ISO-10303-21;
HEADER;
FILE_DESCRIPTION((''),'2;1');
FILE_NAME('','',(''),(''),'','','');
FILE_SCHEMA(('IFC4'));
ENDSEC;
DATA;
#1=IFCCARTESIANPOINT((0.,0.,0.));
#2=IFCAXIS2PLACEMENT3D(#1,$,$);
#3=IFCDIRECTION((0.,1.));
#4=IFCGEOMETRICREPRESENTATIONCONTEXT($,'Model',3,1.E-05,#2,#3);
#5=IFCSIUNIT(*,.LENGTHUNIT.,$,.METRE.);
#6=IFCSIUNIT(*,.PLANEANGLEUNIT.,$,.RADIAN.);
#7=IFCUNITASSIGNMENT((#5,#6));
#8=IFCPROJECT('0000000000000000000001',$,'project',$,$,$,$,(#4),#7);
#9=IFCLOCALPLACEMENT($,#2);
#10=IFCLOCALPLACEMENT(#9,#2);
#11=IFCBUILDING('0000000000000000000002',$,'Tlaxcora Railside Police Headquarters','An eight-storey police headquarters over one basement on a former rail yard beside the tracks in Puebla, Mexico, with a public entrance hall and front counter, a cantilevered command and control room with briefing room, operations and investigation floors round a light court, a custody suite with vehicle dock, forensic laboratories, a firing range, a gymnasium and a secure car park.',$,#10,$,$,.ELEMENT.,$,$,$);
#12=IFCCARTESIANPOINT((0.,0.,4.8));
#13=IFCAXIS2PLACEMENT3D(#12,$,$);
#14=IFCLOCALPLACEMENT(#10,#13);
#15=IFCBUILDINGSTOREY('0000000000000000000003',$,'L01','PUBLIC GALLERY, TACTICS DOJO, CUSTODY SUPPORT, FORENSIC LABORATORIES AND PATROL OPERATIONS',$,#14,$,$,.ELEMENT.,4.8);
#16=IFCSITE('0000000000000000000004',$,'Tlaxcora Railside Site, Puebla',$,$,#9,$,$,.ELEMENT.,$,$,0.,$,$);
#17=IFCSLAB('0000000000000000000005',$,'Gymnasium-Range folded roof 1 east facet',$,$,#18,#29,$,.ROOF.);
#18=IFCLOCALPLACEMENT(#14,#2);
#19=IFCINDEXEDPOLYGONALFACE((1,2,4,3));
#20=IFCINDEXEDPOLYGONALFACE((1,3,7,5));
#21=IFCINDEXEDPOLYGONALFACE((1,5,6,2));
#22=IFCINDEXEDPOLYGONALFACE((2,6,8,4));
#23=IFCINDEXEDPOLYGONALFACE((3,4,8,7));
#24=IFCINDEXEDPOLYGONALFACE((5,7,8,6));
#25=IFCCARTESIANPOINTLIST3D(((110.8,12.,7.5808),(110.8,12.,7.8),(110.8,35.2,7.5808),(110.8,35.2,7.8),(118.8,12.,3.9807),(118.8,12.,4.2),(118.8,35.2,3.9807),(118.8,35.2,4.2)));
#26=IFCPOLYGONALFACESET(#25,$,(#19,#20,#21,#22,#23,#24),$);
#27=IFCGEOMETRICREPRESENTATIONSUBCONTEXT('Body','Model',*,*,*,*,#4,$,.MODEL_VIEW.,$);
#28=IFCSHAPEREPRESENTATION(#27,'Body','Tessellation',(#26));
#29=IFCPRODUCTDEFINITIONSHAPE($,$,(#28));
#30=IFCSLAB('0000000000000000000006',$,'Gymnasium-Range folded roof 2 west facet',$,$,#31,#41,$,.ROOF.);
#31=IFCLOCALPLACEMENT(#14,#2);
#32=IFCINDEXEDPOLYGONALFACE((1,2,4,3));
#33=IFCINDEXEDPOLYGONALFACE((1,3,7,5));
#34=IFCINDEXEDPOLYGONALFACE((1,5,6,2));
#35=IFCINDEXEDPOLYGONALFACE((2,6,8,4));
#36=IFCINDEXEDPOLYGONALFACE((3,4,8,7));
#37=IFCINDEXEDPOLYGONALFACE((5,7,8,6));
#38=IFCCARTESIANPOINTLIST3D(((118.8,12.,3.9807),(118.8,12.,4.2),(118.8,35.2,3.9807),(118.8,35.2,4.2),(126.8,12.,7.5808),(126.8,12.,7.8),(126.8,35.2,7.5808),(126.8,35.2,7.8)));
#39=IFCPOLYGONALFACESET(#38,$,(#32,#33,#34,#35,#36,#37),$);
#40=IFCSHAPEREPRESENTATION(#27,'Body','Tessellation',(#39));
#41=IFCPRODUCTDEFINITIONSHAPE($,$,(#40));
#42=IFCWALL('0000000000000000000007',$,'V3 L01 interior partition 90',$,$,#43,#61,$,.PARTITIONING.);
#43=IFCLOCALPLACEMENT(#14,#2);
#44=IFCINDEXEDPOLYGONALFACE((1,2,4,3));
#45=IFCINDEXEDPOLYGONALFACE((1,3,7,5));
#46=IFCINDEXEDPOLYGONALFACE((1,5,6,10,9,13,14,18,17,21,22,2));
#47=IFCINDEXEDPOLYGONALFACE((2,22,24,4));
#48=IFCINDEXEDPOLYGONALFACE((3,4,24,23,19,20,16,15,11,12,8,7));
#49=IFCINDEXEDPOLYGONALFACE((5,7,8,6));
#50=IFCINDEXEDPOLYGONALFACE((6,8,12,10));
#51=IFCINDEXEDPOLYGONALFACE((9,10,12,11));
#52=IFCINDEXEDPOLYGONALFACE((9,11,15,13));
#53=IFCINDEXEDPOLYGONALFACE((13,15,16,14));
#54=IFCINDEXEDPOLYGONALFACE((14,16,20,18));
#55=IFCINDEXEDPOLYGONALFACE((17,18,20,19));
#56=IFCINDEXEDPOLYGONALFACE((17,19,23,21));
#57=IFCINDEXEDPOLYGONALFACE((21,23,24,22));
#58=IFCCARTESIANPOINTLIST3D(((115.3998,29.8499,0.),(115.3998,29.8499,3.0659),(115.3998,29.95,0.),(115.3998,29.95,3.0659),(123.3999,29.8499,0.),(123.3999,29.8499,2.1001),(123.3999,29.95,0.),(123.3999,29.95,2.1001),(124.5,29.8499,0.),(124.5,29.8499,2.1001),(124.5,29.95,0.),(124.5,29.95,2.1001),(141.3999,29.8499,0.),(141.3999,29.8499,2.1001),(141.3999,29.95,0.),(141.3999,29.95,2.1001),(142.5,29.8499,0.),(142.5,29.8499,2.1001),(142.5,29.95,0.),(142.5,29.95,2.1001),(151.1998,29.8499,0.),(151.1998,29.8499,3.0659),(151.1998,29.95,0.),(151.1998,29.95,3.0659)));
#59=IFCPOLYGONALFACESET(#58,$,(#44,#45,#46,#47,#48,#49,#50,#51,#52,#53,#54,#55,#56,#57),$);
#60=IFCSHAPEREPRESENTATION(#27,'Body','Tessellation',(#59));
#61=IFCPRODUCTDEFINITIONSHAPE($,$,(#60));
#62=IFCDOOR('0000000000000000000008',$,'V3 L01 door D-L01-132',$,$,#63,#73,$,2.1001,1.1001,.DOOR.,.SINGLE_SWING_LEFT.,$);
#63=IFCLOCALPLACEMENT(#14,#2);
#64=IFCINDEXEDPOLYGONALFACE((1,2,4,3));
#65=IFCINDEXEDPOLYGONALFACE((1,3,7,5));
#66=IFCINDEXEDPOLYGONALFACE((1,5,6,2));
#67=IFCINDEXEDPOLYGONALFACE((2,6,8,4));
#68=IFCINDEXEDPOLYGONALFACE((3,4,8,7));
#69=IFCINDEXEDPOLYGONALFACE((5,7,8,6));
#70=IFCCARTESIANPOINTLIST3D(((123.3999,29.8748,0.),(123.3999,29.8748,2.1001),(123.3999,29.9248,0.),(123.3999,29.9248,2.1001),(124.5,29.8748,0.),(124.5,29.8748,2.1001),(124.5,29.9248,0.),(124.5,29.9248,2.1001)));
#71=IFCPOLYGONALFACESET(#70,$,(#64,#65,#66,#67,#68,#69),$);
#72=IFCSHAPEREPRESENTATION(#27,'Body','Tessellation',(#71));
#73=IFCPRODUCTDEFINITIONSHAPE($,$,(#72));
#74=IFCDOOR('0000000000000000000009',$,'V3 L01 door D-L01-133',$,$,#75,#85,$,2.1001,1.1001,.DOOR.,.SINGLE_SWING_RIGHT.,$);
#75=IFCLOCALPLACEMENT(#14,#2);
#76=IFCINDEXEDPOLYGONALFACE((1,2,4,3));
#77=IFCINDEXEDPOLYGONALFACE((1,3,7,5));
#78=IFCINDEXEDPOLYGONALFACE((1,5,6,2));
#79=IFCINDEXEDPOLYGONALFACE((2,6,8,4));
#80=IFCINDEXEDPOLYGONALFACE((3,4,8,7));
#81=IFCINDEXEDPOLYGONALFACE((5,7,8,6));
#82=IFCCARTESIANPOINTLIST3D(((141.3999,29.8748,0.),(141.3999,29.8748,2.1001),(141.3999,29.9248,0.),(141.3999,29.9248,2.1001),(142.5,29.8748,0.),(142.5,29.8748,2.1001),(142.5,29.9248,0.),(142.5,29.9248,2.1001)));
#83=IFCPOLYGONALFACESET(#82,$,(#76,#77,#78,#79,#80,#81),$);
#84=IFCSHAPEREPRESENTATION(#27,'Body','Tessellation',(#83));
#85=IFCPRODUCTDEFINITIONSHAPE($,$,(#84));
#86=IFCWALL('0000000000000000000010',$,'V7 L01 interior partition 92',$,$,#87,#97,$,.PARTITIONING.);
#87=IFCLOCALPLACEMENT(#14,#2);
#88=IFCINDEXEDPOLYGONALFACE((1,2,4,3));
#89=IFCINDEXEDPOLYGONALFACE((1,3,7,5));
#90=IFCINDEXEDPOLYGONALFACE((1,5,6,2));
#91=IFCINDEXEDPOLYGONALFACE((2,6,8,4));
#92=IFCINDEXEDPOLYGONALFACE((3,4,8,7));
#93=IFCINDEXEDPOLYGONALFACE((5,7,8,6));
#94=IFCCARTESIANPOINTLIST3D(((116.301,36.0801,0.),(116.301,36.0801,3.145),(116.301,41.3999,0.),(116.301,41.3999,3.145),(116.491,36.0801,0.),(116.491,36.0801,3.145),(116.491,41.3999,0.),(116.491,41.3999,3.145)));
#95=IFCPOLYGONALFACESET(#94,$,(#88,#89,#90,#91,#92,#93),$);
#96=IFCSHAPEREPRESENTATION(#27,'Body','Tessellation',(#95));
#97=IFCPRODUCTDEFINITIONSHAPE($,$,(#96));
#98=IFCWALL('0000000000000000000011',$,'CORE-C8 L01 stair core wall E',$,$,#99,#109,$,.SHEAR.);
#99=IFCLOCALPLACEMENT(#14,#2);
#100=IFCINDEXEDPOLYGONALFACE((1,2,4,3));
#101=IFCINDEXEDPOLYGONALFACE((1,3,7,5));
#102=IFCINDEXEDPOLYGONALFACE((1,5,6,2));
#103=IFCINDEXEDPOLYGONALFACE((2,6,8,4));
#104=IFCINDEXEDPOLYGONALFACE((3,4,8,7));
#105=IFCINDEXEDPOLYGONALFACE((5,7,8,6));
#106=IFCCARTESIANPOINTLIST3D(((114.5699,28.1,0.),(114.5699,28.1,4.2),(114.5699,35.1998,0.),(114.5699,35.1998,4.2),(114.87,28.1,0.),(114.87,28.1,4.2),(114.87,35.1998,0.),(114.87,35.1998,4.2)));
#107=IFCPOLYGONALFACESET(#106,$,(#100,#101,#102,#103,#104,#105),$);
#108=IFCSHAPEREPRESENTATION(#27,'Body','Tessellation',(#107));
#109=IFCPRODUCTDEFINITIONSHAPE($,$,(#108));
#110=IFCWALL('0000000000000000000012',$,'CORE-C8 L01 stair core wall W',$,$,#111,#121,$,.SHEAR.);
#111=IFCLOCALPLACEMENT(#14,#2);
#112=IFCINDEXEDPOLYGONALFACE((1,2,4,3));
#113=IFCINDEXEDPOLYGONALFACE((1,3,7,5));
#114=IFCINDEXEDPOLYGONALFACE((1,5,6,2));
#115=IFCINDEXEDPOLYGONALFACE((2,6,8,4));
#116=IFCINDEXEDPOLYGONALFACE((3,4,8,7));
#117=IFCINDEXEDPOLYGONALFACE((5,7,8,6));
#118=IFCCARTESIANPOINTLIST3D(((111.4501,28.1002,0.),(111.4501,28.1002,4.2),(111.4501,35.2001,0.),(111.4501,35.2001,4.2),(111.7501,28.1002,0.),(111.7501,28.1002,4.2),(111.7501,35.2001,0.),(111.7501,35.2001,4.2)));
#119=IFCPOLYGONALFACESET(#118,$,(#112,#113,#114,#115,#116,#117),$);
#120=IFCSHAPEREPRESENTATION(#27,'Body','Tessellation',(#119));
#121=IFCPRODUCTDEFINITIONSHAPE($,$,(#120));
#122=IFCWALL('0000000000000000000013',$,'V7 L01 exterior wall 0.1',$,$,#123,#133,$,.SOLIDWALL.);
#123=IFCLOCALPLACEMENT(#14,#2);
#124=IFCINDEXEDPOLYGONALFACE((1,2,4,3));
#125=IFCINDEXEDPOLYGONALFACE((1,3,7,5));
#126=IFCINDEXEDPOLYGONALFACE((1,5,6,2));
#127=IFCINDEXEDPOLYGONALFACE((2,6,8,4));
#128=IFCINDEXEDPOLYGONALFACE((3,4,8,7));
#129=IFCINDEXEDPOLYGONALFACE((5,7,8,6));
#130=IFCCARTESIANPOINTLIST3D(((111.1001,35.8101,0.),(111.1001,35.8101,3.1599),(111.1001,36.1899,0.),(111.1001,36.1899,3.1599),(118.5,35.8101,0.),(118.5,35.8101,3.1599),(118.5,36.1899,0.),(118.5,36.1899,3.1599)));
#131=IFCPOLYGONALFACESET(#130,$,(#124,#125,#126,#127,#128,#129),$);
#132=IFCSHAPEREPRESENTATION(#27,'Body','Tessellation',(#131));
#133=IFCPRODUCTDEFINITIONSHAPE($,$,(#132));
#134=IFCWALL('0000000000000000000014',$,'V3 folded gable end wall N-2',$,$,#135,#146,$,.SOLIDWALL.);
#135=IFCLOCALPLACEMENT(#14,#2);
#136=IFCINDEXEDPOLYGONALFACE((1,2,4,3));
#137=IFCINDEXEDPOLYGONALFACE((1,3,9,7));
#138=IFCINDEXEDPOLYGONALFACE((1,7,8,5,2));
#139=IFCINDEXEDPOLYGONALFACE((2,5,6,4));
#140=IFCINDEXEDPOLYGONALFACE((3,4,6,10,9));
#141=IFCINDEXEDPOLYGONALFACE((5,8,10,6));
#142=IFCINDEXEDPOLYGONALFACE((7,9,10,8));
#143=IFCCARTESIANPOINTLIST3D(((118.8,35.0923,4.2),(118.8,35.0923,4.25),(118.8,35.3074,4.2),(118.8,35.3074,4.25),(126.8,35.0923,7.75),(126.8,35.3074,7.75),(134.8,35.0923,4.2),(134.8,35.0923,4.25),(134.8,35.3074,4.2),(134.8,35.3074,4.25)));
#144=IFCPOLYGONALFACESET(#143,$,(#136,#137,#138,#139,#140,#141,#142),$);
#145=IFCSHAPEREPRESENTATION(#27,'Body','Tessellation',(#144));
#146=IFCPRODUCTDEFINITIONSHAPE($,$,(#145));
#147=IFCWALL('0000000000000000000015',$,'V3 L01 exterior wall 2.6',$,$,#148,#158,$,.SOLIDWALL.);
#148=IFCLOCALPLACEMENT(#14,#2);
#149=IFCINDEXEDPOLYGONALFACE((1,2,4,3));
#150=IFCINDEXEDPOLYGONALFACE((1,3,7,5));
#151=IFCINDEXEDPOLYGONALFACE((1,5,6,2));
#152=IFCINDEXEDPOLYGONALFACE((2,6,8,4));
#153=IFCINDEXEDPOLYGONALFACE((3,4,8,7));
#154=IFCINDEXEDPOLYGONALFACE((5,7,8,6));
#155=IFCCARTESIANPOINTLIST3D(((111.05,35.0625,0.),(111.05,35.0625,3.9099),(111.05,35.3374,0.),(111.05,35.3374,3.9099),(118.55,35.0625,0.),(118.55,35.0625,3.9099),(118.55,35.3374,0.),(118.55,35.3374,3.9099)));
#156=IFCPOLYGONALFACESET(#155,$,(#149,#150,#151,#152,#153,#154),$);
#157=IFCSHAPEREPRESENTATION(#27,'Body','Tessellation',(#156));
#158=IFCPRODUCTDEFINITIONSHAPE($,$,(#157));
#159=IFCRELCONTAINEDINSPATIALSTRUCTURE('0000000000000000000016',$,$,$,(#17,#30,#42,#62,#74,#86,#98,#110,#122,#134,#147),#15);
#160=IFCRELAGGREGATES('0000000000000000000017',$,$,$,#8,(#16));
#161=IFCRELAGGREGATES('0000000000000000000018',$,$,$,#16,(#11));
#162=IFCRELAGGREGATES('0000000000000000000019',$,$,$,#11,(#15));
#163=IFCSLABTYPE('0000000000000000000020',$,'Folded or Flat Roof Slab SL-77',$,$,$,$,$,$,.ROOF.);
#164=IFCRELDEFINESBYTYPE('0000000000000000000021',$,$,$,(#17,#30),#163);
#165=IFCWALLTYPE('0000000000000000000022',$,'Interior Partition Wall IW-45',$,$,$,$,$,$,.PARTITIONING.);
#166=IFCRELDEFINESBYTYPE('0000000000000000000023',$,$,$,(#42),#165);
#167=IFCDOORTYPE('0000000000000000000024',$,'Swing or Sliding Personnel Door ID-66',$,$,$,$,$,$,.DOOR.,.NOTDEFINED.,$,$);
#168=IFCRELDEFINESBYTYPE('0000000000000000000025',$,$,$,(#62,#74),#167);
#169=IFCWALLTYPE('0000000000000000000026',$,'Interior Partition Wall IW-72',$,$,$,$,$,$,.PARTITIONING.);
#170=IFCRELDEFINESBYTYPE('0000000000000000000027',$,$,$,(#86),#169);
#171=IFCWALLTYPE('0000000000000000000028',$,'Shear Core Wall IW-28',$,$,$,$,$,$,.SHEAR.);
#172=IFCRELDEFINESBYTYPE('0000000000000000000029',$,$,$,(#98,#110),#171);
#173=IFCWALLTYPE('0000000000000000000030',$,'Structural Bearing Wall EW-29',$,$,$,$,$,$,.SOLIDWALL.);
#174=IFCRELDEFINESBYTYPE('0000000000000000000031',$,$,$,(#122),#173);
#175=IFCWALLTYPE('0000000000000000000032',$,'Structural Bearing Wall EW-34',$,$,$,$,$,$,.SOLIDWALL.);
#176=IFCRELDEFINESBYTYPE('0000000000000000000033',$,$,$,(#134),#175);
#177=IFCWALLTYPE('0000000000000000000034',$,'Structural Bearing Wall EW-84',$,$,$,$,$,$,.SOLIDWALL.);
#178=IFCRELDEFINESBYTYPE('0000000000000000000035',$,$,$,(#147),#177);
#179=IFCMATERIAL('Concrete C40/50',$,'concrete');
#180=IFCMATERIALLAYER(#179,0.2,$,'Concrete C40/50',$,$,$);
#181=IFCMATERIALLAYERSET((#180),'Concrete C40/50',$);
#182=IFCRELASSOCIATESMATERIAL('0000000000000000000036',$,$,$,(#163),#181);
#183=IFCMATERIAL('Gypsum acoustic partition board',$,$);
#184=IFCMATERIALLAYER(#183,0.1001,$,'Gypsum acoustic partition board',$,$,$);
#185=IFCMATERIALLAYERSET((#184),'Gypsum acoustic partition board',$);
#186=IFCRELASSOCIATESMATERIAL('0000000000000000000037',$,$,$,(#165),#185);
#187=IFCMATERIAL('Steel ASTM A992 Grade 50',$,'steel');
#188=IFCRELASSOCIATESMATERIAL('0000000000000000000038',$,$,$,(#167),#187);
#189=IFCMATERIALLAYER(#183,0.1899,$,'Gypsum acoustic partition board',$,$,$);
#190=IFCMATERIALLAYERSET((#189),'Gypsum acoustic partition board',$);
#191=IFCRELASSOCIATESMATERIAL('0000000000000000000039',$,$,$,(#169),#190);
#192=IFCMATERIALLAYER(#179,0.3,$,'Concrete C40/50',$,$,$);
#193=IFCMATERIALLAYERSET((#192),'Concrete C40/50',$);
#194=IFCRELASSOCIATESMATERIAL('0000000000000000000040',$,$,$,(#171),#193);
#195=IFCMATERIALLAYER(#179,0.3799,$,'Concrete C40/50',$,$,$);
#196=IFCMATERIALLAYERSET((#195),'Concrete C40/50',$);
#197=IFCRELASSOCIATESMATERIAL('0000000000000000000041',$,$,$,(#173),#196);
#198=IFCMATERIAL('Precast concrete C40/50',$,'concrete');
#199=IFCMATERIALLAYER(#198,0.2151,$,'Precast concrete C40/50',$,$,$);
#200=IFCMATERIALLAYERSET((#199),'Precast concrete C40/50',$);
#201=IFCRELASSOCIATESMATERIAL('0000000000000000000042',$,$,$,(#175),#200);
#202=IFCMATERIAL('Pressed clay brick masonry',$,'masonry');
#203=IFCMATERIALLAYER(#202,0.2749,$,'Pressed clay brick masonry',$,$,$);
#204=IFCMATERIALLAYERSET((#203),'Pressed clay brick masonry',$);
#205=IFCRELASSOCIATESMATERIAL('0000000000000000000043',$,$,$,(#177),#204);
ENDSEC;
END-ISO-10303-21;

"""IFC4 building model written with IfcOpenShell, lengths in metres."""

from ifc_helpers import new_model, si_unit, direction, frame, frame_2d, origin, place, context, subcontext, project, spatial, polyline, rectangle, outline, extrude, material, layer, layer_set, type_object, element, fill, save


model = new_model("IFC4")

# Units and contexts
model_context = context("Model", 3, precision=1e-05, world=origin(), true_north=direction((0.0, 1.0)))
body_context = subcontext(model_context, "Body", "Model", "MODEL_VIEW")
ifc_project = project(units=[si_unit("LENGTHUNIT", "METRE"), si_unit("PLANEANGLEUNIT", "RADIAN")], contexts=[model_context])

# Site, building, storey
site_placement = place(None, origin())
site = spatial("IfcSite", under=ifc_project, at=site_placement, Name="Tlaxcora Railside Site, Puebla", CompositionType="ELEMENT", RefElevation=0.0)
building_placement = place(site_placement, origin())
building = spatial("IfcBuilding", under=site, at=building_placement, Name="Tlaxcora Railside Police Headquarters", Description="An eight-storey police headquarters over one basement on a former rail yard beside the tracks in Puebla, Mexico, with a public entrance hall and front counter, a cantilevered command and control room with briefing room, operations and investigation floors round a light court, a custody suite with vehicle dock, forensic laboratories, a firing range, a gymnasium and a secure car park.", CompositionType="ELEMENT")
storey_placement = place(building_placement, frame((0.0, 0.0, 4.8)))
storey = spatial("IfcBuildingStorey", under=building, at=storey_placement, Name="L01", Description="PUBLIC GALLERY, TACTICS DOJO, CUSTODY SUPPORT, FORENSIC LABORATORIES AND PATROL OPERATIONS", CompositionType="ELEMENT", Elevation=4.8)

# Shared definitions
ifc_material_1 = material(Name="Concrete C40/50", Category="concrete")

# Shared definitions
ifc_material_2 = material(Name="Steel ASTM A992 Grade 50", Category="steel")

# Slabs
ifc_layer_1 = layer(ifc_material_1, 0.2, Name="Concrete C40/50")
ifc_layer_set_1 = layer_set([ifc_layer_1], Name="Concrete C40/50")
slab_type = type_object("IfcSlabType", Name="Folded or Flat Roof Slab SL-77", PredefinedType="ROOF", material=ifc_layer_set_1)
slab_1_placement = place(storey_placement, frame((110.8, 35.2, 0.0), z_axis=(0.0, -1.0, 0.0), x_axis=(1.0, 0.0, 0.0)))
element("IfcSlab", 1, at=slab_1_placement, inside=storey, type_object=slab_type, Name="Gymnasium-Range folded roof 1 east facet", PredefinedType="ROOF", context=body_context, shape_type="SweptSolid", body=[
    extrude(outline(polyline([(0.0, 7.5808), (8.0, 3.9807), (8.0, 4.2), (0.0, 7.8), (0.0, 7.5808)])), origin(), (0.0, 0.0, 1.0), 23.2),
])
slab_2_placement = place(storey_placement, frame((118.8, 35.2, 0.0), z_axis=(0.0, -1.0, 0.0), x_axis=(1.0, 0.0, 0.0)))
element("IfcSlab", 2, at=slab_2_placement, inside=storey, type_object=slab_type, Name="Gymnasium-Range folded roof 2 west facet", PredefinedType="ROOF", context=body_context, shape_type="SweptSolid", body=[
    extrude(outline(polyline([(0.0, 3.9807), (8.0, 7.5808), (8.0, 7.8), (0.0, 4.2), (0.0, 3.9807)])), origin(), (0.0, 0.0, 1.0), 23.2),
])

# Wall, openings, doors
ifc_material_3 = material(Name="Gypsum acoustic partition board")
ifc_layer_2 = layer(ifc_material_3, 0.1001, Name="Gypsum acoustic partition board")
ifc_layer_set_2 = layer_set([ifc_layer_2], Name="Gypsum acoustic partition board")
wall_type_1 = type_object("IfcWallType", Name="Interior Partition Wall IW-45", PredefinedType="PARTITIONING", material=ifc_layer_set_2)
wall_1_placement = place(storey_placement, frame((115.3999, 29.8999, 0.0), z_axis=(0.0, 0.0, 1.0), x_axis=(1.0, 0.0, 0.0)))
wall_1 = element("IfcWall", 3, at=wall_1_placement, inside=storey, type_object=wall_type_1, Name="V3 L01 interior partition 90", PredefinedType="PARTITIONING", context=body_context, shape_type="SweptSolid", body=[
    extrude(rectangle(XDim=35.8, YDim=0.1001, at=frame_2d((17.8999, 0.0))), origin(), (0.0, 0.0, 1.0), 3.0659),
])
opening_1_placement = place(wall_1_placement, frame((8.0, 0.0, 0.0)))
opening_1 = element("IfcOpeningElement", 4, at=opening_1_placement, cuts=wall_1, PredefinedType="OPENING", context=body_context, shape_type="SweptSolid", body=[
    extrude(rectangle(XDim=1.1001, YDim=2.1001, at=frame_2d((0.55, 1.05))), frame((0.0, 0.0601, 0.0), z_axis=(0.0, -1.0, 0.0), x_axis=(1.0, 0.0, 0.0)), (0.0, 0.0, 1.0), 0.1201),
])
opening_2_placement = place(wall_1_placement, frame((26.0, 0.0, 0.0)))
opening_2 = element("IfcOpeningElement", 5, at=opening_2_placement, cuts=wall_1, PredefinedType="OPENING", context=body_context, shape_type="SweptSolid", body=[
    extrude(rectangle(XDim=1.1001, YDim=2.1001, at=frame_2d((0.55, 1.05))), frame((0.0, 0.0601, 0.0), z_axis=(0.0, -1.0, 0.0), x_axis=(1.0, 0.0, 0.0)), (0.0, 0.0, 1.0), 0.1201),
])
door_type_1 = type_object("IfcDoorType", Name="Swing or Sliding Personnel Door ID-66", OperationType="NOTDEFINED", PredefinedType="DOOR", material=ifc_material_2)
door_1_placement = place(opening_1_placement, origin())
door_1 = element("IfcDoor", 6, at=door_1_placement, inside=storey, type_object=door_type_1, Name="V3 L01 door D-L01-132", OperationType="SINGLE_SWING_LEFT", OverallHeight=2.1001, OverallWidth=1.1001, PredefinedType="DOOR", context=body_context, shape_type="SweptSolid", body=[
    extrude(rectangle(XDim=1.1001, YDim=2.1001, at=frame_2d((0.55, 1.05))), frame((0.0, 0.0249, 0.0), z_axis=(0.0, -1.0, 0.0), x_axis=(1.0, 0.0, 0.0)), (0.0, 0.0, 1.0), 0.05),
])
fill(opening_1, door_1)
door_2_placement = place(opening_2_placement, origin())
door_2 = element("IfcDoor", 7, at=door_2_placement, inside=storey, type_object=door_type_1, Name="V3 L01 door D-L01-133", OperationType="SINGLE_SWING_RIGHT", OverallHeight=2.1001, OverallWidth=1.1001, PredefinedType="DOOR", context=body_context, shape_type="SweptSolid", body=[
    extrude(rectangle(XDim=1.1001, YDim=2.1001, at=frame_2d((0.55, 1.05))), frame((0.0, 0.0249, 0.0), z_axis=(0.0, -1.0, 0.0), x_axis=(1.0, 0.0, 0.0)), (0.0, 0.0, 1.0), 0.05),
])
fill(opening_2, door_2)

# Wall
ifc_layer_3 = layer(ifc_material_3, 0.1899, Name="Gypsum acoustic partition board")
ifc_layer_set_3 = layer_set([ifc_layer_3], Name="Gypsum acoustic partition board")
wall_type_2 = type_object("IfcWallType", Name="Interior Partition Wall IW-72", PredefinedType="PARTITIONING", material=ifc_layer_set_3)
wall_2_placement = place(storey_placement, frame((116.396, 36.0801, 0.0), z_axis=(0.0, 0.0, 1.0), x_axis=(0.0, 1.0, 0.0)))
element("IfcWall", 8, at=wall_2_placement, inside=storey, type_object=wall_type_2, Name="V7 L01 interior partition 92", PredefinedType="PARTITIONING", context=body_context, shape_type="SweptSolid", body=[
    extrude(rectangle(XDim=5.3198, YDim=0.1899, at=frame_2d((2.6599, 0.0))), origin(), (0.0, 0.0, 1.0), 3.145),
])

# Shared definitions
ifc_layer_4 = layer(ifc_material_1, 0.3, Name="Concrete C40/50")
ifc_layer_set_4 = layer_set([ifc_layer_4], Name="Concrete C40/50")
wall_type_3 = type_object("IfcWallType", Name="Shear Core Wall IW-28", PredefinedType="SHEAR", material=ifc_layer_set_4)

# Walls
for number, where, z_axis, x_axis, name in (
    (9, (114.72, 28.1001, 0.0), (0.0, 0.0, 1.0), (0.0, 1.0, 0.0), "CORE-C8 L01 stair core wall E"),
    (10, (111.6001, 35.2, 0.0), (0.0, 0.0, 1.0), (0.0, -1.0, 0.0), "CORE-C8 L01 stair core wall W"),
):
    element("IfcWall", number, at=place(storey_placement, frame(where, z_axis=z_axis, x_axis=x_axis)), inside=storey, type_object=wall_type_3, Name=name, PredefinedType="SHEAR", context=body_context, shape_type="SweptSolid", body=[
        extrude(rectangle(XDim=7.0999, YDim=0.3, at=frame_2d((3.5498, 0.0))), origin(), (0.0, 0.0, 1.0), 4.2),
    ])
ifc_layer_5 = layer(ifc_material_1, 0.3799, Name="Concrete C40/50")
ifc_layer_set_5 = layer_set([ifc_layer_5], Name="Concrete C40/50")
wall_type_4 = type_object("IfcWallType", Name="Structural Bearing Wall EW-29", PredefinedType="SOLIDWALL", material=ifc_layer_set_5)
wall_3_placement = place(storey_placement, frame((111.1001, 36.0, 0.0), z_axis=(0.0, 0.0, 1.0), x_axis=(1.0, 0.0, 0.0)))
element("IfcWall", 11, at=wall_3_placement, inside=storey, type_object=wall_type_4, Name="V7 L01 exterior wall 0.1", PredefinedType="SOLIDWALL", context=body_context, shape_type="SweptSolid", body=[
    extrude(rectangle(XDim=7.3999, YDim=0.3799, at=frame_2d((3.7, 0.0))), origin(), (0.0, 0.0, 1.0), 3.1599),
])
ifc_material_4 = material(Name="Precast concrete C40/50", Category="concrete")
ifc_layer_6 = layer(ifc_material_4, 0.2151, Name="Precast concrete C40/50")
ifc_layer_set_6 = layer_set([ifc_layer_6], Name="Precast concrete C40/50")
wall_type_5 = type_object("IfcWallType", Name="Structural Bearing Wall EW-34", PredefinedType="SOLIDWALL", material=ifc_layer_set_6)
wall_4_placement = place(storey_placement, frame((118.8, 35.2, 4.2), z_axis=(0.0, 0.0, 1.0), x_axis=(1.0, 0.0, 0.0)))
element("IfcWall", 12, at=wall_4_placement, inside=storey, type_object=wall_type_5, Name="V3 folded gable end wall N-2", PredefinedType="SOLIDWALL", context=body_context, shape_type="SweptSolid", body=[
    extrude(outline(polyline([(0.0, 0.0), (16.0, 0.0), (16.0, 0.05), (8.0, 3.55), (0.0, 0.05), (0.0, 0.0)])), frame((0.0, 0.1074, 0.0), z_axis=(0.0, -1.0, 0.0), x_axis=(1.0, 0.0, 0.0)), (0.0, 0.0, 1.0), 0.2151),
])
ifc_material_5 = material(Name="Pressed clay brick masonry", Category="masonry")
ifc_layer_7 = layer(ifc_material_5, 0.2749, Name="Pressed clay brick masonry")
ifc_layer_set_7 = layer_set([ifc_layer_7], Name="Pressed clay brick masonry")
wall_type_6 = type_object("IfcWallType", Name="Structural Bearing Wall EW-84", PredefinedType="SOLIDWALL", material=ifc_layer_set_7)
wall_5_placement = place(storey_placement, frame((118.55, 35.2, 0.0), z_axis=(0.0, 0.0, 1.0), x_axis=(-1.0, 0.0, 0.0)))
element("IfcWall", 13, at=wall_5_placement, inside=storey, type_object=wall_type_6, Name="V3 L01 exterior wall 2.6", PredefinedType="SOLIDWALL", context=body_context, shape_type="SweptSolid", body=[
    extrude(rectangle(XDim=7.5, YDim=0.2749, at=frame_2d((3.75, 0.0))), origin(), (0.0, 0.0, 1.0), 3.9099),
])

save(model, "model.ifc")
